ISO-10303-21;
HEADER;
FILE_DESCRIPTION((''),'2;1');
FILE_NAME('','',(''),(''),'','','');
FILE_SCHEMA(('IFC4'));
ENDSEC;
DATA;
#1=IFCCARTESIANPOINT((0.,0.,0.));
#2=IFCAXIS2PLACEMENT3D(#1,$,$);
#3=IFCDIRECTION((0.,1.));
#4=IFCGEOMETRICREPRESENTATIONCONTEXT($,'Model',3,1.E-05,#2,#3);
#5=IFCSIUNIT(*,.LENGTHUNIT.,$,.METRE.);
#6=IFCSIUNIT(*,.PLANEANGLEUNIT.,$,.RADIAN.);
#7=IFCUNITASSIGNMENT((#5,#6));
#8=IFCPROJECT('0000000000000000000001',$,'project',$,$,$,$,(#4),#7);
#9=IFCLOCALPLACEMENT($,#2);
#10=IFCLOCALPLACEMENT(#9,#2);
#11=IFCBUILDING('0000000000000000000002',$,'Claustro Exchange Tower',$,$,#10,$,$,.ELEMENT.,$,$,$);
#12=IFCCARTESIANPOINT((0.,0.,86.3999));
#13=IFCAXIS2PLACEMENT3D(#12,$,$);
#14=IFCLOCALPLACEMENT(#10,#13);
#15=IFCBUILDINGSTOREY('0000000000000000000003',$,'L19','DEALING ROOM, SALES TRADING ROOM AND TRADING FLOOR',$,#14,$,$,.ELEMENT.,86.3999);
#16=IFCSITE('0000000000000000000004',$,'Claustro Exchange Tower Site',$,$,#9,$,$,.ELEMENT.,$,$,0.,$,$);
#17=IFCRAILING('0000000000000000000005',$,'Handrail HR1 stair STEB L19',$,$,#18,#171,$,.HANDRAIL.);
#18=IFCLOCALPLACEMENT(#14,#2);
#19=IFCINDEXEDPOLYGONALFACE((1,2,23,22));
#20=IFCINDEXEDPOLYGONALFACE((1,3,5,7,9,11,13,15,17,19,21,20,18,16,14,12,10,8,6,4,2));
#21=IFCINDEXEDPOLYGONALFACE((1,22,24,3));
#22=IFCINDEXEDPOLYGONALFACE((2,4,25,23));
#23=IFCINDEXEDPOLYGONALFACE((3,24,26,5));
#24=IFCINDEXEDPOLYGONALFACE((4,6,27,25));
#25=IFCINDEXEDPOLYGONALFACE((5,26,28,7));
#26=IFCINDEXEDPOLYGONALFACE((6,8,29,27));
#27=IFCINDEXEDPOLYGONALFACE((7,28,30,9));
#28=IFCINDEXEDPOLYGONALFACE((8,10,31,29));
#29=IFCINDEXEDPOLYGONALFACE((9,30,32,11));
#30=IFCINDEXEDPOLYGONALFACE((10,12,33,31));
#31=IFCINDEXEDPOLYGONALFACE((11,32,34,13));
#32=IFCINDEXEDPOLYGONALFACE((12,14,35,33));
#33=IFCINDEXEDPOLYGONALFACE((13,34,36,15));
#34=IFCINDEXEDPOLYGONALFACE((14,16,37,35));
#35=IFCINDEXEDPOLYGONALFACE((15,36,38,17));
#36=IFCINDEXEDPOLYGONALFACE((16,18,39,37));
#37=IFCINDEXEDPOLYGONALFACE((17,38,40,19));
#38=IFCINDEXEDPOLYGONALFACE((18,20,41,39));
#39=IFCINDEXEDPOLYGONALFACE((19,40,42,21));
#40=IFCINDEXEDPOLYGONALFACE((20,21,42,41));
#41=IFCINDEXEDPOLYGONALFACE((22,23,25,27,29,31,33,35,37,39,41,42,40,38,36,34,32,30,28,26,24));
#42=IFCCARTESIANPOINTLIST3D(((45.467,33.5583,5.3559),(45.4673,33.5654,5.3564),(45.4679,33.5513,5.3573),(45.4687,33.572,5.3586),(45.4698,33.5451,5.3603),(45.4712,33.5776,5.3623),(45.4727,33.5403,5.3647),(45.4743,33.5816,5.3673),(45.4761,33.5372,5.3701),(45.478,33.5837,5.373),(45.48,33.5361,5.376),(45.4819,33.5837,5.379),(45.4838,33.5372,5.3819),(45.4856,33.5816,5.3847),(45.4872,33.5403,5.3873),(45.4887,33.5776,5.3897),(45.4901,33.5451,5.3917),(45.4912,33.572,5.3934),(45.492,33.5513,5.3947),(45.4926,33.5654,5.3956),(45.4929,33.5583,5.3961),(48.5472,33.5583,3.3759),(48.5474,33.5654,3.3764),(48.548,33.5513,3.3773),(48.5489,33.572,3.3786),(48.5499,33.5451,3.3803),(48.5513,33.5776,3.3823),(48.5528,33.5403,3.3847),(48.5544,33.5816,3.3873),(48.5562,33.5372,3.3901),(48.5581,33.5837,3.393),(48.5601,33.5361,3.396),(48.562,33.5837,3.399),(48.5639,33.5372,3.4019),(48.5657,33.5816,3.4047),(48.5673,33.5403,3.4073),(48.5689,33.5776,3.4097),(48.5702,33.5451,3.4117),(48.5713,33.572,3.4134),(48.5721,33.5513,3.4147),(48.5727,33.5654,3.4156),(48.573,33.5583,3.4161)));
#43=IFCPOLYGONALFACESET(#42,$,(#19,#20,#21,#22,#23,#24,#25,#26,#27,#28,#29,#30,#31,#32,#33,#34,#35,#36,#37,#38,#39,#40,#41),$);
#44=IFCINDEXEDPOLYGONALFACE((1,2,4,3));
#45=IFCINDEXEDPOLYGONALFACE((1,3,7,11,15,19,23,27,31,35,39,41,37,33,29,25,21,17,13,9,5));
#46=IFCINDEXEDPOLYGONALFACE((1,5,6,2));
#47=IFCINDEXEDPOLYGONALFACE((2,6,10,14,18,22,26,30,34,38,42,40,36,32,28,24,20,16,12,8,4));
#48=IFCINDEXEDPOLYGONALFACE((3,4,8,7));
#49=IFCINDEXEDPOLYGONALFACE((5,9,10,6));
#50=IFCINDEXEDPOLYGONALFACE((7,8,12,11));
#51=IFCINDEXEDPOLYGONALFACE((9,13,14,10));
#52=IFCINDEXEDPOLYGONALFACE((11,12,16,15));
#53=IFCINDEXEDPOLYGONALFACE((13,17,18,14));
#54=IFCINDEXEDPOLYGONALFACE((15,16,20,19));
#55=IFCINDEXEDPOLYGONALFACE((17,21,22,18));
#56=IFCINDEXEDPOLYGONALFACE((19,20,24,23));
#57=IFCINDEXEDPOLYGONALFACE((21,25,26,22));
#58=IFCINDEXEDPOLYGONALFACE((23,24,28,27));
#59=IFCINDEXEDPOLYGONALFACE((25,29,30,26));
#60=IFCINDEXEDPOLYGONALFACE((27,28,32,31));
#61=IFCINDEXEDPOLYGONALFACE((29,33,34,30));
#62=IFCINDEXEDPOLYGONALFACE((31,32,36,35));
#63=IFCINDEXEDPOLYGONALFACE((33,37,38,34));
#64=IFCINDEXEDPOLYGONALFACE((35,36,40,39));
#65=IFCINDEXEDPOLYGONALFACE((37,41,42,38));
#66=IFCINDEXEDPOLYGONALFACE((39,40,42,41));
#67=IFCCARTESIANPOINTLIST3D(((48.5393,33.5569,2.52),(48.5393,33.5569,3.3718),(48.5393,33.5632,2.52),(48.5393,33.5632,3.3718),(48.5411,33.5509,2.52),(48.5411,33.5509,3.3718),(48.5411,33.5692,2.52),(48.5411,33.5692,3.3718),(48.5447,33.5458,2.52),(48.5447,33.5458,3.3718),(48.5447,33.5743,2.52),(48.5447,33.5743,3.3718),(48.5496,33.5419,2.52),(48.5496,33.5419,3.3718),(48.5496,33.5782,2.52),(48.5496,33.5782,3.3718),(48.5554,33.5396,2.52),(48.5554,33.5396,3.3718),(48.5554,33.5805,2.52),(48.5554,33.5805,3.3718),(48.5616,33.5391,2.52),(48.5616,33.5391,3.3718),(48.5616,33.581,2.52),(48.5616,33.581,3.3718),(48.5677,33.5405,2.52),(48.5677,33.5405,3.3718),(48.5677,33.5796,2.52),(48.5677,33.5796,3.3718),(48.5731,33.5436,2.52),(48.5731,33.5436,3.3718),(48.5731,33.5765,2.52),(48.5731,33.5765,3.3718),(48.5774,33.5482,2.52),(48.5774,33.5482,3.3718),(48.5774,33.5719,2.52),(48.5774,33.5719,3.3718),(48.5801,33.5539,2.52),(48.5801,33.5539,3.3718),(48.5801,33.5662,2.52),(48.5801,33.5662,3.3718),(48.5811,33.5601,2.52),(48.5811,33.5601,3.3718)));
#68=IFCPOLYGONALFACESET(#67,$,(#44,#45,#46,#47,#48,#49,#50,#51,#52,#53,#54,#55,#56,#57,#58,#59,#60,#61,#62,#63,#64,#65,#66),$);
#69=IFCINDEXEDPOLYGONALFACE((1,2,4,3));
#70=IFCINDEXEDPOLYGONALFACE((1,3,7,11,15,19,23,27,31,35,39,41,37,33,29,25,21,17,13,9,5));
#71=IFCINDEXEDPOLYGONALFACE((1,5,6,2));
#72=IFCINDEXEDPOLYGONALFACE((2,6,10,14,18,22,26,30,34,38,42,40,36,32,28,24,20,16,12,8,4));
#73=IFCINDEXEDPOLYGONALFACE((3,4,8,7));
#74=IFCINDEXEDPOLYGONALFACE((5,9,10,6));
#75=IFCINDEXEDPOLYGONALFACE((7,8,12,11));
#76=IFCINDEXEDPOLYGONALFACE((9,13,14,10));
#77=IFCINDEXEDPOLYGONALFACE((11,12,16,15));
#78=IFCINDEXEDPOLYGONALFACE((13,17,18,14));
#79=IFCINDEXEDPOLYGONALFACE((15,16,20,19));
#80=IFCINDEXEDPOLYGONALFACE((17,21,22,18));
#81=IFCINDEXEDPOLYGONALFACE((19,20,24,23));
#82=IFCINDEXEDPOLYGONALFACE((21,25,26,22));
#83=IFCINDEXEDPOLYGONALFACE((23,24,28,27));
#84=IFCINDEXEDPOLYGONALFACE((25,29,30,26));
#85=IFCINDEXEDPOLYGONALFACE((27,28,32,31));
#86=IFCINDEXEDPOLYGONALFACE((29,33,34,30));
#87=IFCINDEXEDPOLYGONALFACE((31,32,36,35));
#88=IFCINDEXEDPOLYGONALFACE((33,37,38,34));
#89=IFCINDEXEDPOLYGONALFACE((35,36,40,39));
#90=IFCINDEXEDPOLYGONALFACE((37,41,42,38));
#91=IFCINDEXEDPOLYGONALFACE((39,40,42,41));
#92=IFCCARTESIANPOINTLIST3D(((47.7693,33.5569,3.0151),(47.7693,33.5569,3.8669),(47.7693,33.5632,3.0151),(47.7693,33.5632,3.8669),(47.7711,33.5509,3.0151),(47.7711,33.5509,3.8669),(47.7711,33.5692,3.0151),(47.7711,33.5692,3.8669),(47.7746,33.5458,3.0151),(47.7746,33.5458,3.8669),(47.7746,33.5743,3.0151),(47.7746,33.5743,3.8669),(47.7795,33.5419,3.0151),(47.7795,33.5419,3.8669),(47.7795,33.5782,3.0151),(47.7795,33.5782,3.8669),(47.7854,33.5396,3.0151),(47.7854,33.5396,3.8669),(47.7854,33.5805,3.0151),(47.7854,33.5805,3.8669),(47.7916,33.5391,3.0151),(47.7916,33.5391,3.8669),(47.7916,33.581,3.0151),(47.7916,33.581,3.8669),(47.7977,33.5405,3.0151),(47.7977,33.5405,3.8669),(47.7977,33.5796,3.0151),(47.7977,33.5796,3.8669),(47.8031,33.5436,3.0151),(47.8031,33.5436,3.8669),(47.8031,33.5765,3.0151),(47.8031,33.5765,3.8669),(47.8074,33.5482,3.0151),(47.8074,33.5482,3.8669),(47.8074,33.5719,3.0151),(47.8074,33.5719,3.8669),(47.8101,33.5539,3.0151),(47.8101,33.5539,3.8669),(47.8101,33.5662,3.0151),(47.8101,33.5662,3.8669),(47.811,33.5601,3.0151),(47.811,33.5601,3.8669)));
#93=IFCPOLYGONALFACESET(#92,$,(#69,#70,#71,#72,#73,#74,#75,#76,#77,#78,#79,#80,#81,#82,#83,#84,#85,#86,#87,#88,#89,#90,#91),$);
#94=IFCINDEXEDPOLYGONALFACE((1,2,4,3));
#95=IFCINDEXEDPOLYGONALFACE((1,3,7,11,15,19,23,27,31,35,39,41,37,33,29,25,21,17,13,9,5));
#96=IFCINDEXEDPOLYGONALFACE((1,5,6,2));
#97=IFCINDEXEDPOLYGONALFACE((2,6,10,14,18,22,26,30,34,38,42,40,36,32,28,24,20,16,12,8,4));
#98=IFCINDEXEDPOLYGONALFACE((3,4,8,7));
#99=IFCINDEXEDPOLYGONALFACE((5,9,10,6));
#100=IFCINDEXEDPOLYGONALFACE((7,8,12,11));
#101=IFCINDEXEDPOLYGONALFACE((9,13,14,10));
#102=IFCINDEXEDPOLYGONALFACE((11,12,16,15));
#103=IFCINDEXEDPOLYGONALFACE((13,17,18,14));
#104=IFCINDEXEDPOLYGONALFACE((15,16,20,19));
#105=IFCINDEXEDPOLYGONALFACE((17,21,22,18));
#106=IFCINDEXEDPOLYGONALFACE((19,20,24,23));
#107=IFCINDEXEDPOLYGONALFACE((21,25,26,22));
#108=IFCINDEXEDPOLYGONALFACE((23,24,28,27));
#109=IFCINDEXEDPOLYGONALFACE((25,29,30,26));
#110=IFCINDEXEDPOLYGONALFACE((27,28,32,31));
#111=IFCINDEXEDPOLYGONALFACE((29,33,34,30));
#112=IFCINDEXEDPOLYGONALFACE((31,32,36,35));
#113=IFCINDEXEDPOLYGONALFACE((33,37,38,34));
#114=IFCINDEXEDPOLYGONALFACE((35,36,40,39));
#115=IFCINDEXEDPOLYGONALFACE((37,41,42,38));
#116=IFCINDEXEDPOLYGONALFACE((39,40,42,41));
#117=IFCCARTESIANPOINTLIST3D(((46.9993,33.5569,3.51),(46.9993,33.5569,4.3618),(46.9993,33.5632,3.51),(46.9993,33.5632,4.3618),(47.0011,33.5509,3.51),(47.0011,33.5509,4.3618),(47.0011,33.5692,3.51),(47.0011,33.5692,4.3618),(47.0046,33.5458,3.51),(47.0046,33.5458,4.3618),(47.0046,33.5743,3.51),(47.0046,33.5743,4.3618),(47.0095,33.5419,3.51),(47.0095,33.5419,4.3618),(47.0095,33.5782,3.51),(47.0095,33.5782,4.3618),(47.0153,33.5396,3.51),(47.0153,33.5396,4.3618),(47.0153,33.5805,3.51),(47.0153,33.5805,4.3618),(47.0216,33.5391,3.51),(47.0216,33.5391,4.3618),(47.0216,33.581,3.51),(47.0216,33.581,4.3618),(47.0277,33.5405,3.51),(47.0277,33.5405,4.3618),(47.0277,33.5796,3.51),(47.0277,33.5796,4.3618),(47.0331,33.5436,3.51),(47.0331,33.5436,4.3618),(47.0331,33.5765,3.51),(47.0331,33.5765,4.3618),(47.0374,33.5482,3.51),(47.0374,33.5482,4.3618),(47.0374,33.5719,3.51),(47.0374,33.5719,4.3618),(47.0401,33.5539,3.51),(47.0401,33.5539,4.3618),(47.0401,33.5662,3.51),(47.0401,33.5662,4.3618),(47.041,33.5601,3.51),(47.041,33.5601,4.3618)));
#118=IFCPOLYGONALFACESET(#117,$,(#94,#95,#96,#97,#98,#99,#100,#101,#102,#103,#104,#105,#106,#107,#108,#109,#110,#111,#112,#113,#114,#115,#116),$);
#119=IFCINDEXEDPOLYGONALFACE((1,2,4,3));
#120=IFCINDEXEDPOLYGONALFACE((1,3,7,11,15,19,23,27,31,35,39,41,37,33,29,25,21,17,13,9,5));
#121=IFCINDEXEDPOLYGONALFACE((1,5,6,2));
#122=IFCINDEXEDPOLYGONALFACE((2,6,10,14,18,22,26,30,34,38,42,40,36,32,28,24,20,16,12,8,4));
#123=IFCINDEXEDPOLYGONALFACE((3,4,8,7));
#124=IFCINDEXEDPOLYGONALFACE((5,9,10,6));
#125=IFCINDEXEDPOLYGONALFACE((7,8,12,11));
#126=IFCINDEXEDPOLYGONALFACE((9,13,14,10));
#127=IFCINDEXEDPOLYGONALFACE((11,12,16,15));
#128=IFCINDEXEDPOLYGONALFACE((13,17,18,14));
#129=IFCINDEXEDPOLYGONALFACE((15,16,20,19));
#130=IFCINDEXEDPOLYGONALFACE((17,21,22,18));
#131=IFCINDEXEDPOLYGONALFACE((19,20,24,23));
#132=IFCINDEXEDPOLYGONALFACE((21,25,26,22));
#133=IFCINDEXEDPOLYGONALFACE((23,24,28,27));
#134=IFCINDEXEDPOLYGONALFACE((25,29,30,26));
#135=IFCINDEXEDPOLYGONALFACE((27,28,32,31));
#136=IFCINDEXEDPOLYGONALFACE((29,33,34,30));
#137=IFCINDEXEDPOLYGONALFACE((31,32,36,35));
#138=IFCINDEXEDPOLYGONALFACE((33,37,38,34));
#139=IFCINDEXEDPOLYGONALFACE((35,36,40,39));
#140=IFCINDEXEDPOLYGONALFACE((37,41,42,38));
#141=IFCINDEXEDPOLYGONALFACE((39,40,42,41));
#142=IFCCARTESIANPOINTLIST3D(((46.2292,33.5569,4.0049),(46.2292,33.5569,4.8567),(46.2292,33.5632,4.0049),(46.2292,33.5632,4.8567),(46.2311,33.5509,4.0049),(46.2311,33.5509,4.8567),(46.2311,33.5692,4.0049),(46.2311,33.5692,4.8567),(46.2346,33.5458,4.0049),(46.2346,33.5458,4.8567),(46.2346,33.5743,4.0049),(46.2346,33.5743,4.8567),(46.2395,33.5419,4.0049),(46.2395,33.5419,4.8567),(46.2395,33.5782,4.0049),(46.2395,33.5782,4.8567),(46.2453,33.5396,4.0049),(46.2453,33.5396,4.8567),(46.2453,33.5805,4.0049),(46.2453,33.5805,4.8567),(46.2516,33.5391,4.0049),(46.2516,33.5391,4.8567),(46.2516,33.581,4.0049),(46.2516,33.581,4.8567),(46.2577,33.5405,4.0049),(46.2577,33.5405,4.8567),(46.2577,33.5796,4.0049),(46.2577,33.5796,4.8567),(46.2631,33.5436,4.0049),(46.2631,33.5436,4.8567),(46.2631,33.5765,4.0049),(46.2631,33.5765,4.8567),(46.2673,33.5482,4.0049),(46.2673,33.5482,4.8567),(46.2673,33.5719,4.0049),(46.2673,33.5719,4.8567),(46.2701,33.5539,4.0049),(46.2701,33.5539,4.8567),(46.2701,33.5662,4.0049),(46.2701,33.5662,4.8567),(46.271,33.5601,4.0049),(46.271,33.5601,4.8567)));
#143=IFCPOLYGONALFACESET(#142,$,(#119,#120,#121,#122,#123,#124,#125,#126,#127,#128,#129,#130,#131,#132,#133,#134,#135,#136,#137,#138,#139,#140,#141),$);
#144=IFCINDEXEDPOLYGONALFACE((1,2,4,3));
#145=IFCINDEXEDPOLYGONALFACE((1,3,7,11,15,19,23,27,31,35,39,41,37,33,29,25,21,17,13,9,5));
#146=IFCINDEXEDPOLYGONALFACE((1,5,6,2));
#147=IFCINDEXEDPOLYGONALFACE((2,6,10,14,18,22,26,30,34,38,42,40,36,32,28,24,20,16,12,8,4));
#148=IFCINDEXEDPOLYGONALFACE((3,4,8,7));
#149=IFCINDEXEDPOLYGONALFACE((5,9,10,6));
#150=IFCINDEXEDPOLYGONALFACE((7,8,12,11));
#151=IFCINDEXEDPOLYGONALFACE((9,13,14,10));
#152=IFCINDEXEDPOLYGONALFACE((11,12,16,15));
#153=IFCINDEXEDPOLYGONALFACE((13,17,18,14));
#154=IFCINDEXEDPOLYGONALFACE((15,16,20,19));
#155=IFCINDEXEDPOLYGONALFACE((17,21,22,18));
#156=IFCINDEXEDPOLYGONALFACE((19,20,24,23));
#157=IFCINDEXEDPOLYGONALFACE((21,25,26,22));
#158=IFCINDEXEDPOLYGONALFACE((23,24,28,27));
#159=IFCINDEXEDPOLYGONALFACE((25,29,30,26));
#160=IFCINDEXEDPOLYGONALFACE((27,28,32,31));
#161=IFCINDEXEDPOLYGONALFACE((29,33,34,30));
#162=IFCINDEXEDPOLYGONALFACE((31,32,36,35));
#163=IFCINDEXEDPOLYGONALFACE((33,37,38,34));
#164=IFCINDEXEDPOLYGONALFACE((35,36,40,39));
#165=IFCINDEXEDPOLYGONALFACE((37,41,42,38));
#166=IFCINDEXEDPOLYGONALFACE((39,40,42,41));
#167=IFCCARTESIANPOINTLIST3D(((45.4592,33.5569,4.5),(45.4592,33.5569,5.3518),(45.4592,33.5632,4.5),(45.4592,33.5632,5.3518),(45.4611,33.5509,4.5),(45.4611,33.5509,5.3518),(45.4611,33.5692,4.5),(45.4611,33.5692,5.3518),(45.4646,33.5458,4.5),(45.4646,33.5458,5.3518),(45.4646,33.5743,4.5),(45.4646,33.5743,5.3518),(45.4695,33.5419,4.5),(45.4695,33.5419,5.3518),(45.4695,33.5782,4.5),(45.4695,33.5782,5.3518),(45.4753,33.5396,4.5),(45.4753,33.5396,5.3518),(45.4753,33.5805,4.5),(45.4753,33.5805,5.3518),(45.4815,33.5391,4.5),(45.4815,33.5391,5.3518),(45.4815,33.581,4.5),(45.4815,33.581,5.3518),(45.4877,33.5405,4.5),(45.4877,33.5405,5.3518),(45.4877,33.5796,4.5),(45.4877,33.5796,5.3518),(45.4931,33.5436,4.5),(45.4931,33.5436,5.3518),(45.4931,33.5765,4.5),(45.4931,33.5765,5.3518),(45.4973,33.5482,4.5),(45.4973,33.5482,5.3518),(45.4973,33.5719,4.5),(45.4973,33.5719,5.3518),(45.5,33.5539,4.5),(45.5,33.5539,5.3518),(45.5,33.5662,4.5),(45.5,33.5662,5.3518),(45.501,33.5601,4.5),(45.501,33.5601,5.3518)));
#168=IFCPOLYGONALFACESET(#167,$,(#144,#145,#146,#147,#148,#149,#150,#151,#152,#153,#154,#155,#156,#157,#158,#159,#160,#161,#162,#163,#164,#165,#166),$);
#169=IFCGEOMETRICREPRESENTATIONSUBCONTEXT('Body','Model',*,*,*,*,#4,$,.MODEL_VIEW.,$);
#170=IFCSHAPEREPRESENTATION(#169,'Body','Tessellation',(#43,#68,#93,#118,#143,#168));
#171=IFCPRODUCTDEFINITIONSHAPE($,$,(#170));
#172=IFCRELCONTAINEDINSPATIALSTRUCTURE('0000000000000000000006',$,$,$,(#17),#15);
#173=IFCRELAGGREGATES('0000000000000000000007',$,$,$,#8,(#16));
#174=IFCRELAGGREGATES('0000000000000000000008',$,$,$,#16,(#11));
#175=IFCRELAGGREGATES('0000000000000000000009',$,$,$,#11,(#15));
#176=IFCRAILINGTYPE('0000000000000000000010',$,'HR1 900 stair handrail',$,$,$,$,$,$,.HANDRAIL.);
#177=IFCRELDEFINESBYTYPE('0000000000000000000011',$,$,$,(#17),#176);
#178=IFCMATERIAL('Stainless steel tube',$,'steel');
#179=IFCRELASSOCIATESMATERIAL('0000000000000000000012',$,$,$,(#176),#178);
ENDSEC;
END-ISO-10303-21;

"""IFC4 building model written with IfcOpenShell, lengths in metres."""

from ifc_helpers import new_model, si_unit, direction, frame, origin, origin_2d, place, context, subcontext, project, spatial, circle, extrude, material, type_object, element, save


model = new_model("IFC4")

# Units and contexts
model_context = context("Model", 3, precision=1e-05, world=origin(), true_north=direction((0.0, 1.0)))
body_context = subcontext(model_context, "Body", "Model", "MODEL_VIEW")
ifc_project = project(units=[si_unit("LENGTHUNIT", "METRE"), si_unit("PLANEANGLEUNIT", "RADIAN")], contexts=[model_context])

# Site, building, storey
site_placement = place(None, origin())
site = spatial("IfcSite", under=ifc_project, at=site_placement, Name="Claustro Exchange Tower Site", CompositionType="ELEMENT", RefElevation=0.0)
building_placement = place(site_placement, origin())
building = spatial("IfcBuilding", under=site, at=building_placement, Name="Claustro Exchange Tower", CompositionType="ELEMENT")
storey_placement = place(building_placement, frame((0.0, 0.0, 86.3999)))
storey = spatial("IfcBuildingStorey", under=building, at=storey_placement, Name="L19", Description="DEALING ROOM, SALES TRADING ROOM AND TRADING FLOOR", CompositionType="ELEMENT", Elevation=86.3999)

# Railing
ifc_material_1 = material(Name="Stainless steel tube", Category="steel")
railing_type_1 = type_object("IfcRailingType", Name="HR1 900 stair handrail", PredefinedType="HANDRAIL", material=ifc_material_1)
railing_1_placement = place(storey_placement, frame((48.5601, 33.5601, 2.52)))
element("IfcRailing", 1, at=railing_1_placement, inside=storey, type_object=railing_type_1, Name="Handrail HR1 stair STEB L19", PredefinedType="HANDRAIL", context=body_context, shape_type="SweptSolid", body=[
    extrude(circle(Radius=0.0239, at=origin_2d()), frame((0.0, 0.0, 0.876), z_axis=(-0.841187, 0.0, 0.540744), x_axis=(0.0, -1.0, 0.0)), (0.0, 0.0, 1.0), 3.6616),
    extrude(circle(Radius=0.021, at=origin_2d()), origin(), (0.0, 0.0, 1.0), 0.8518),
    extrude(circle(Radius=0.021, at=origin_2d()), frame((-0.77, 0.0, 0.4951)), (0.0, 0.0, 1.0), 0.8518),
    extrude(circle(Radius=0.021, at=origin_2d()), frame((-1.54, 0.0, 0.99)), (0.0, 0.0, 1.0), 0.8518),
    extrude(circle(Radius=0.021, at=origin_2d()), frame((-2.3101, 0.0, 1.4849)), (0.0, 0.0, 1.0), 0.8518),
    extrude(circle(Radius=0.021, at=origin_2d()), frame((-3.0801, 0.0, 1.98)), (0.0, 0.0, 1.0), 0.8518),
])

save(model, "model.ifc")
